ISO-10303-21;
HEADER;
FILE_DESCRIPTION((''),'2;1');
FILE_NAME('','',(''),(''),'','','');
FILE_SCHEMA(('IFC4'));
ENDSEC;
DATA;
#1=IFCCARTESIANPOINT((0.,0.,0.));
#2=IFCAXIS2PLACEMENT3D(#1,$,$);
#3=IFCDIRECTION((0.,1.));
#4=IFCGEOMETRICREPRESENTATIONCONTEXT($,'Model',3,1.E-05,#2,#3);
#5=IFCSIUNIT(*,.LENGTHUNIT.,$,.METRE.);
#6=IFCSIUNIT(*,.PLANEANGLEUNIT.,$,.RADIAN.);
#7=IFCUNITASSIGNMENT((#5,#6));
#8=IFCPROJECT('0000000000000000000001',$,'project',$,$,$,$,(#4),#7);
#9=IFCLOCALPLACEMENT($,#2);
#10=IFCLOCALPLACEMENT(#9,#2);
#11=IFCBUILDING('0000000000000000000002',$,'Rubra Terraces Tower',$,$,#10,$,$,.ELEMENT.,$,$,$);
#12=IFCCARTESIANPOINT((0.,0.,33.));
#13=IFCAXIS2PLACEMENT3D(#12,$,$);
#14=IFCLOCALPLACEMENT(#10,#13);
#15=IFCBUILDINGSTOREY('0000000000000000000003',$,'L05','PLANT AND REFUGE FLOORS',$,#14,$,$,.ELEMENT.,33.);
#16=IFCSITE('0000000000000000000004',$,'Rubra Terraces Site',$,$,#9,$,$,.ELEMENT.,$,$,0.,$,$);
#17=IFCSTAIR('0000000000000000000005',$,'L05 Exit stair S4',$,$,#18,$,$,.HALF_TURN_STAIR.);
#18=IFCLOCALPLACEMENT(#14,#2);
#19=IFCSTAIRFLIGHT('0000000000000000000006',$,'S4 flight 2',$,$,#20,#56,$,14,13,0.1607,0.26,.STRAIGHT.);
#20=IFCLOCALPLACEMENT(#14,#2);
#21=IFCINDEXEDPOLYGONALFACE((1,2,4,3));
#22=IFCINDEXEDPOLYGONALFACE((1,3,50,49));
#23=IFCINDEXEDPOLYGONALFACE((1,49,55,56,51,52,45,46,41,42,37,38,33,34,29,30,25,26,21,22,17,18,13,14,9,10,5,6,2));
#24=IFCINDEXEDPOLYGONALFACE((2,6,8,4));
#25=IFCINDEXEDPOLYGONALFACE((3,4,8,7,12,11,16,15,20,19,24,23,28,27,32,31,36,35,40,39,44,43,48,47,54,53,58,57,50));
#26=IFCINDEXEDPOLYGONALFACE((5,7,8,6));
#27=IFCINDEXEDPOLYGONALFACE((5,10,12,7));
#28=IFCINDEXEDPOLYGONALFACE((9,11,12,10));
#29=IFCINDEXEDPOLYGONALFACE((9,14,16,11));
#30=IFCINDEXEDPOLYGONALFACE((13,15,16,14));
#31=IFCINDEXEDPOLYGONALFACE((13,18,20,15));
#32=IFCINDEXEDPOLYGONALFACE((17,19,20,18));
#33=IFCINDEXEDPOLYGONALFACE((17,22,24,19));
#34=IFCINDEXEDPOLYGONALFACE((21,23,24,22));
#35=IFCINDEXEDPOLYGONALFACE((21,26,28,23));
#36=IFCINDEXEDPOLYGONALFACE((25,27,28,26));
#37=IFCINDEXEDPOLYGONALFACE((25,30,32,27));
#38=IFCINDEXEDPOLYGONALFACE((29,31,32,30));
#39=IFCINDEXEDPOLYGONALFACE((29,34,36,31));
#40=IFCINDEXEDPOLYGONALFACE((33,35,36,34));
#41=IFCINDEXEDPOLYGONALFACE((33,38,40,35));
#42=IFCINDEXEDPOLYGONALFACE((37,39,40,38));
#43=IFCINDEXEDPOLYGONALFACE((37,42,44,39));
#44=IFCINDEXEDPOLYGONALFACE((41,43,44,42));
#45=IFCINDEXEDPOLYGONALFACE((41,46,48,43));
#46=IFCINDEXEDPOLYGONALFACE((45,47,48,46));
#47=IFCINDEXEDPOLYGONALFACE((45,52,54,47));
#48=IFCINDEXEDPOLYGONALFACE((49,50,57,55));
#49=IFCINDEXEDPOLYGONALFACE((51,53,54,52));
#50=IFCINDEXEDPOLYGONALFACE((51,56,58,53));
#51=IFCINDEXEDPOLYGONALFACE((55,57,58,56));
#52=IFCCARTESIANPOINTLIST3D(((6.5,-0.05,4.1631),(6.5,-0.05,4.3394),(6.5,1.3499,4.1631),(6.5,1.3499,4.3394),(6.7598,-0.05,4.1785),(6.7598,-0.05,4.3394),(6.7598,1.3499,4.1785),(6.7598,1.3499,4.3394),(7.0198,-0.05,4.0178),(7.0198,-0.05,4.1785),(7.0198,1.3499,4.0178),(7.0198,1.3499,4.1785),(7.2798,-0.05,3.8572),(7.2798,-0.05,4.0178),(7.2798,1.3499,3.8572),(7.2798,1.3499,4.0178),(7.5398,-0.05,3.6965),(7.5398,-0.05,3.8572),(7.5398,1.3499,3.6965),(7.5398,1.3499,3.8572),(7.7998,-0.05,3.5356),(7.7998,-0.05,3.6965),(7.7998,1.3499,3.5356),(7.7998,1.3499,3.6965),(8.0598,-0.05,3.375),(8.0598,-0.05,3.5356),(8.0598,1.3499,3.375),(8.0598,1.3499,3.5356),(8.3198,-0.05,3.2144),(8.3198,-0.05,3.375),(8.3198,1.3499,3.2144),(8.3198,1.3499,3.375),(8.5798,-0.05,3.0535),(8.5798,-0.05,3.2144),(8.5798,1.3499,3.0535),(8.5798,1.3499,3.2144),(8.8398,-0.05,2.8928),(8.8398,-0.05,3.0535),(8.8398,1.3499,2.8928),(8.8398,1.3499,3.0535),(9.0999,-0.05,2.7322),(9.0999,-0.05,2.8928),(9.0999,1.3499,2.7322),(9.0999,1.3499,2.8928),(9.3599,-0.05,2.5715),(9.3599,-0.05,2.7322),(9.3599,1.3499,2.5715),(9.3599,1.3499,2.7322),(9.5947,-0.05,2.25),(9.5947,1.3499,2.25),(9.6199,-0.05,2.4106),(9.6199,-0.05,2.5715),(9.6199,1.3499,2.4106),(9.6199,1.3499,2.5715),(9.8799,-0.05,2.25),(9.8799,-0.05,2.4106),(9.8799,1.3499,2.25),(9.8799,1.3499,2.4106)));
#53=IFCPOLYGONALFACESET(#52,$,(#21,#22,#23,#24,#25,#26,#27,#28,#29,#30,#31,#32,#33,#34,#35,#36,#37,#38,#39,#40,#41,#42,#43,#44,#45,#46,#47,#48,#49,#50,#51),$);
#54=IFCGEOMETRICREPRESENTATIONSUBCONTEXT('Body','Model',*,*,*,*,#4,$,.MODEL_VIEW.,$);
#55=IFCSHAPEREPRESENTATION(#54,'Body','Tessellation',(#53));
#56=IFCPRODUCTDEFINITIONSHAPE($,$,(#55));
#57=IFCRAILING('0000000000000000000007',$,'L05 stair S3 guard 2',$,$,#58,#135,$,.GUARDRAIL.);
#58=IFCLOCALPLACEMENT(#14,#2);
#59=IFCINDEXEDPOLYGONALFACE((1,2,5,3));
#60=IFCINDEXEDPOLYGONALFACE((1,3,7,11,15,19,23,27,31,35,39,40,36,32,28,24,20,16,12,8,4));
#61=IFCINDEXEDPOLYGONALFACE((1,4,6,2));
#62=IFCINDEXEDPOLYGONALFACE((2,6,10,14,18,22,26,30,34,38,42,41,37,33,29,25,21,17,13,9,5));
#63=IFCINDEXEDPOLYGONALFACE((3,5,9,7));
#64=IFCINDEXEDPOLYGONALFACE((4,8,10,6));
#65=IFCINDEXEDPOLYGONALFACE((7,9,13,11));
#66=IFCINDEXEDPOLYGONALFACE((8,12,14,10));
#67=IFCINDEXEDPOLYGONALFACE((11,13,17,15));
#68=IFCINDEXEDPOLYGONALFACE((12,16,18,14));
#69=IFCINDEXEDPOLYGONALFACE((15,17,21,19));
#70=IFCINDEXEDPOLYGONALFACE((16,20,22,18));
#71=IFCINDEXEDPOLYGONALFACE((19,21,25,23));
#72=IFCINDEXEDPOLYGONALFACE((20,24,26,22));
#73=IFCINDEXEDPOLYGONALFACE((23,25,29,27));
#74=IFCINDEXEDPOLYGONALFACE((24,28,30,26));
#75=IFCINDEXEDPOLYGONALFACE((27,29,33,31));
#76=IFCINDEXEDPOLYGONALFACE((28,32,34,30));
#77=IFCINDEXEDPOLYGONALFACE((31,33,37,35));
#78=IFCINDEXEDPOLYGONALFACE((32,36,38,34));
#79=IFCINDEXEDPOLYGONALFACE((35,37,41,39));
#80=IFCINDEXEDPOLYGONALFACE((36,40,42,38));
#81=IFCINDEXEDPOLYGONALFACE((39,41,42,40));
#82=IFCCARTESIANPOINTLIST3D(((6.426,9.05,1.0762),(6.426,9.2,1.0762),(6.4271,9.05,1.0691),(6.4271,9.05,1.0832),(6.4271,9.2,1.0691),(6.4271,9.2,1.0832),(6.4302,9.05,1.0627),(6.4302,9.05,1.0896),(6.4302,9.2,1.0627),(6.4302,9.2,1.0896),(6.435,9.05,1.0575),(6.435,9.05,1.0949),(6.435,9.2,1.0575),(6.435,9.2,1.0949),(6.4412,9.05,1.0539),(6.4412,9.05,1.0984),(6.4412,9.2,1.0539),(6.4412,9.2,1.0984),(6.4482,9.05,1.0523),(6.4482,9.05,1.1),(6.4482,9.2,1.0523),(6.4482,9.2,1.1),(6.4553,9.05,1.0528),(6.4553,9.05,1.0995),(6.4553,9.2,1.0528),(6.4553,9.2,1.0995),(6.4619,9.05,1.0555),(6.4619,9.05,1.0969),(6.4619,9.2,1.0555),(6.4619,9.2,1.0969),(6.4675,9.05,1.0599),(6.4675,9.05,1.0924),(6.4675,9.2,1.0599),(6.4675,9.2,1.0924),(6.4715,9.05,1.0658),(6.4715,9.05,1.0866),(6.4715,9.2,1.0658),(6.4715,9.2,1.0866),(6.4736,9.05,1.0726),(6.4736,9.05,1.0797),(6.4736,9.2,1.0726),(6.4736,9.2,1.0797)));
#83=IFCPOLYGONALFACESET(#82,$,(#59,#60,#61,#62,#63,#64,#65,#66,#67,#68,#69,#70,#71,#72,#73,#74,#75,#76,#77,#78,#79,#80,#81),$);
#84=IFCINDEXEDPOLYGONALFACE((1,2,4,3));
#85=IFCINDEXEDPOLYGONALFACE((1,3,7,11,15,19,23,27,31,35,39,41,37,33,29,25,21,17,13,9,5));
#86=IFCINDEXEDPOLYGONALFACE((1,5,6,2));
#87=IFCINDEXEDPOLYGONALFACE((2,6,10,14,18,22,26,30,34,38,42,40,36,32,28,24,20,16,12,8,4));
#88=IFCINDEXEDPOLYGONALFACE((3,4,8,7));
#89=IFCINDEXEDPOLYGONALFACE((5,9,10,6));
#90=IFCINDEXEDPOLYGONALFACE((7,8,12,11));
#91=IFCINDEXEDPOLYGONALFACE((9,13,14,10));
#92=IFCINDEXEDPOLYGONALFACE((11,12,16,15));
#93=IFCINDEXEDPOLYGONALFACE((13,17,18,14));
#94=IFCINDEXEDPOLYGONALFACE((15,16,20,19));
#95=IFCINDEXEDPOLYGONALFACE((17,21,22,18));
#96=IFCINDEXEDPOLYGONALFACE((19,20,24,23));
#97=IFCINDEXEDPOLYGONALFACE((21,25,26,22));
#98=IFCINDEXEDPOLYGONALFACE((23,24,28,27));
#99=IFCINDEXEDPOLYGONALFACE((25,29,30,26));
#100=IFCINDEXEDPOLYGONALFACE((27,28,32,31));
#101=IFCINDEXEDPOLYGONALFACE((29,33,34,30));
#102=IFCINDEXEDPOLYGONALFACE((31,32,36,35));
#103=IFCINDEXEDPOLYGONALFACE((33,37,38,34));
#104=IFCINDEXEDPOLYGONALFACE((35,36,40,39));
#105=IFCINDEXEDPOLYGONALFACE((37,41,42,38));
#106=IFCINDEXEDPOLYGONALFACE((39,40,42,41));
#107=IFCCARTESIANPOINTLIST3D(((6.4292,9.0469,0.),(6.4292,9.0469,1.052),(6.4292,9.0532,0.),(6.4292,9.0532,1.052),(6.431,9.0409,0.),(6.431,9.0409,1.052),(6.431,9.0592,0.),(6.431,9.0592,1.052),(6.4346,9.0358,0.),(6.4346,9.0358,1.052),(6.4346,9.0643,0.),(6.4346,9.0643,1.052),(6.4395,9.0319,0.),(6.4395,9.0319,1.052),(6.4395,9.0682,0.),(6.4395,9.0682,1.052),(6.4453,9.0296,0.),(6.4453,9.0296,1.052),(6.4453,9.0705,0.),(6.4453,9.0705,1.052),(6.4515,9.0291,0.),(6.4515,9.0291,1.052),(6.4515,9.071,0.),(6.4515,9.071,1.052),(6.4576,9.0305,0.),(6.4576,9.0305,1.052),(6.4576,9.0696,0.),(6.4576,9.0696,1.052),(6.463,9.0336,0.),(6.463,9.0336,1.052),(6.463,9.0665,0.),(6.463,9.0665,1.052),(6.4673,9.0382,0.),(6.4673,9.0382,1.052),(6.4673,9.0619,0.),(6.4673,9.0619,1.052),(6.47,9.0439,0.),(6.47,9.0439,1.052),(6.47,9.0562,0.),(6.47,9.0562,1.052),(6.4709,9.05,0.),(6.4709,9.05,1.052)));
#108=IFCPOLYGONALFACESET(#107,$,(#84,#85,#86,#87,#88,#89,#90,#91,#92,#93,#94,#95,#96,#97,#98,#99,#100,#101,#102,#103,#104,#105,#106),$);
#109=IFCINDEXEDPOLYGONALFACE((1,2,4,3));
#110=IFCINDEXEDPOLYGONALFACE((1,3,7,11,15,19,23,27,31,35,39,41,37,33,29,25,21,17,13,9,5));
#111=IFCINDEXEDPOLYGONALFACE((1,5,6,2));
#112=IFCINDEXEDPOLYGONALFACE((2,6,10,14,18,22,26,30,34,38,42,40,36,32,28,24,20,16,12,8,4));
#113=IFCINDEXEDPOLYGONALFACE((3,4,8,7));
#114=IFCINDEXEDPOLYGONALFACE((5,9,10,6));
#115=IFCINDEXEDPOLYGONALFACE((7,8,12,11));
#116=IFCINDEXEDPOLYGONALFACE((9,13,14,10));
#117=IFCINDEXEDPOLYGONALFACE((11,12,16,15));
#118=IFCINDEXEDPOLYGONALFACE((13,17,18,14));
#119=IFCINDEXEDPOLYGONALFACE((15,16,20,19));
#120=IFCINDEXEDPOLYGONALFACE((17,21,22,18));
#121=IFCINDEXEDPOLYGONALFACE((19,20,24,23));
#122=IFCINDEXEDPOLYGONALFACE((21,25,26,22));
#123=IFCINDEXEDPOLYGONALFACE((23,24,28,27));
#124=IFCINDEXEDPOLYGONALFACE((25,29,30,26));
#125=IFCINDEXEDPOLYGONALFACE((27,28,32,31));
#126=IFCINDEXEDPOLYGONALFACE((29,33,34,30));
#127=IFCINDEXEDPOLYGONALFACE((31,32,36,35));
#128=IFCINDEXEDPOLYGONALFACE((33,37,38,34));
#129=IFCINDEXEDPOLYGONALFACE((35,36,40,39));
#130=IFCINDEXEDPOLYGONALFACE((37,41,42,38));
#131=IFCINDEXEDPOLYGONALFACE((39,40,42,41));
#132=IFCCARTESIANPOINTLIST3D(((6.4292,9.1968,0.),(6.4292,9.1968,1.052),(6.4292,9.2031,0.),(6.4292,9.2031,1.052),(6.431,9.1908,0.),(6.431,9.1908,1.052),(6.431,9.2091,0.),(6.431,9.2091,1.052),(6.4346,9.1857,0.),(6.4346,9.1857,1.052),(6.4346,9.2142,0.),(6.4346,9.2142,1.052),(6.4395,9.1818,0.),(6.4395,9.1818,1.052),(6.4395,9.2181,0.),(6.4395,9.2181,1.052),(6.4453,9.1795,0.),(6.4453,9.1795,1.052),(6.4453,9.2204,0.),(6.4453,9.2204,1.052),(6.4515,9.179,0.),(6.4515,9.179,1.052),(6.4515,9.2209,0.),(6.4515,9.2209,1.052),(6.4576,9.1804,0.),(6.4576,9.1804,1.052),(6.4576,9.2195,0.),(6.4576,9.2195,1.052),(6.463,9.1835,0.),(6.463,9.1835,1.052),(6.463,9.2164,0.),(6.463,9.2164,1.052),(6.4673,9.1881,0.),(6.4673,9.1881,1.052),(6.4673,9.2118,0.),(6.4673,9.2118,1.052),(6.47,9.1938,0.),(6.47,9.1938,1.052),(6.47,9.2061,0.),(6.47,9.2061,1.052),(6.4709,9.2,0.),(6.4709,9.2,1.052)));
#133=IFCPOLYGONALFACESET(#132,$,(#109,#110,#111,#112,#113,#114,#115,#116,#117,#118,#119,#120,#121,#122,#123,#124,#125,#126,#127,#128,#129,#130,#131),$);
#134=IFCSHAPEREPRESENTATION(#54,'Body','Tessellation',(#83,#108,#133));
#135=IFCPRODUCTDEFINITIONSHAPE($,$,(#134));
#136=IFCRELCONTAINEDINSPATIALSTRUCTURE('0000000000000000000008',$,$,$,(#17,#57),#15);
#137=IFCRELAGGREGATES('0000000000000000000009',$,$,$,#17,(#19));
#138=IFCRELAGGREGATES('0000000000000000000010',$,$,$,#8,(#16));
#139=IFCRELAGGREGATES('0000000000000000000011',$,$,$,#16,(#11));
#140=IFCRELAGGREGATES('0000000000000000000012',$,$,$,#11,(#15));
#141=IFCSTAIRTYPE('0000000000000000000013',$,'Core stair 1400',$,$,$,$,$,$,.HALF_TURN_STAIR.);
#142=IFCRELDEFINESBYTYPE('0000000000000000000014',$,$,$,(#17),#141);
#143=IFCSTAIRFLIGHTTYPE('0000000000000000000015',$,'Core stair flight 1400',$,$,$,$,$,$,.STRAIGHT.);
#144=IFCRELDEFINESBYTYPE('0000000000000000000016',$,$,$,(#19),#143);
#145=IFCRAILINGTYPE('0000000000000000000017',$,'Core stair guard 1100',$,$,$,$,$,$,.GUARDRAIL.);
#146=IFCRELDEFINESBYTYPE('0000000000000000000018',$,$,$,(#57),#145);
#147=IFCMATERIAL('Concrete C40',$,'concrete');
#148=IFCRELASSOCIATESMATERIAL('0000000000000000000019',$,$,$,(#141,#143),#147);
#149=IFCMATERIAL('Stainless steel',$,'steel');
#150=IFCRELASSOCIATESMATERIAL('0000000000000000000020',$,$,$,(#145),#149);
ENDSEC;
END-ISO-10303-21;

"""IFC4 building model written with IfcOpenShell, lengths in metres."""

from ifc_helpers import new_model, si_unit, direction, frame, origin, origin_2d, place, context, subcontext, project, spatial, polyline, circle, outline, extrude, material, type_object, element, aggregate, save


model = new_model("IFC4")

# Units and contexts
model_context = context("Model", 3, precision=1e-05, world=origin(), true_north=direction((0.0, 1.0)))
body_context = subcontext(model_context, "Body", "Model", "MODEL_VIEW")
ifc_project = project(units=[si_unit("LENGTHUNIT", "METRE"), si_unit("PLANEANGLEUNIT", "RADIAN")], contexts=[model_context])

# Site, building, storey
site_placement = place(None, origin())
site = spatial("IfcSite", under=ifc_project, at=site_placement, Name="Rubra Terraces Site", CompositionType="ELEMENT", RefElevation=0.0)
building_placement = place(site_placement, origin())
building = spatial("IfcBuilding", under=site, at=building_placement, Name="Rubra Terraces Tower", CompositionType="ELEMENT")
storey_placement = place(building_placement, frame((0.0, 0.0, 33.0)))
storey = spatial("IfcBuildingStorey", under=building, at=storey_placement, Name="L05", Description="PLANT AND REFUGE FLOORS", CompositionType="ELEMENT", Elevation=33.0)

# Shared definitions
ifc_material_1 = material(Name="Stainless steel", Category="steel")

# Shared definitions
ifc_material_2 = material(Name="Concrete C40", Category="concrete")

# Shared definitions
stair_type = type_object("IfcStairType", Name="Core stair 1400", PredefinedType="HALF_TURN_STAIR", material=ifc_material_2)
stair_flight_type = type_object("IfcStairFlightType", Name="Core stair flight 1400", PredefinedType="STRAIGHT", material=ifc_material_2)

# Stair, stair flight
stair_1_placement = place(storey_placement, origin())
stair_1 = element("IfcStair", 1, at=stair_1_placement, inside=storey, type_object=stair_type, Name="L05 Exit stair S4", PredefinedType="HALF_TURN_STAIR")
stair_flight_1_placement = place(storey_placement, frame((9.8799, 0.6499, 2.25), z_axis=(0.0, 0.0, 1.0), x_axis=(-1.0, 0.0, 0.0)))
stair_flight_1 = element("IfcStairFlight", 2, at=stair_flight_1_placement, type_object=stair_flight_type, Name="S4 flight 2", NumberOfRisers=14, NumberOfTreads=13, PredefinedType="STRAIGHT", RiserHeight=0.1607, TreadLength=0.26, context=body_context, shape_type="SweptSolid", body=[
    extrude(outline(polyline([(0.0, 0.0), (0.0, 0.1606), (0.26, 0.1606), (0.26, 0.3215), (0.52, 0.3215), (0.52, 0.4822), (0.78, 0.4822), (0.78, 0.6428), (1.04, 0.6428), (1.04, 0.8035), (1.3, 0.8035), (1.3, 0.9644), (1.5601, 0.9644), (1.5601, 1.125), (1.8201, 1.125), (1.8201, 1.2856), (2.0801, 1.2856), (2.0801, 1.4465), (2.3401, 1.4465), (2.3401, 1.6072), (2.6001, 1.6072), (2.6001, 1.7678), (2.8601, 1.7678), (2.8601, 1.9285), (3.1201, 1.9285), (3.1201, 2.0894), (3.3799, 2.0894), (3.3799, 2.25), (3.3799, 1.9131), (0.2852, 0.0), (0.0, 0.0)])), frame((0.0, 0.7, 0.0), z_axis=(0.0, -1.0, 0.0), x_axis=(1.0, 0.0, 0.0)), (0.0, 0.0, 1.0), 1.3999),
])
aggregate(stair_1, [stair_flight_1])

# Railing
railing_type_1 = type_object("IfcRailingType", Name="Core stair guard 1100", PredefinedType="GUARDRAIL", material=ifc_material_1)
railing_1_placement = place(storey_placement, frame((6.45, 9.05, 0.0)))
element("IfcRailing", 3, at=railing_1_placement, inside=storey, type_object=railing_type_1, Name="L05 stair S3 guard 2", PredefinedType="GUARDRAIL", context=body_context, shape_type="SweptSolid", body=[
    extrude(circle(Radius=0.0239, at=origin_2d()), frame((0.0, 0.0, 1.0762), z_axis=(0.0, 1.0, 0.0), x_axis=(-1.0, 0.0, 0.0)), (0.0, 0.0, 1.0), 0.1499),
    extrude(circle(Radius=0.021, at=origin_2d()), origin(), (0.0, 0.0, 1.0), 1.052),
    extrude(circle(Radius=0.021, at=origin_2d()), frame((0.0, 0.1499, 0.0)), (0.0, 0.0, 1.0), 1.052),
])

save(model, "model.ifc")
